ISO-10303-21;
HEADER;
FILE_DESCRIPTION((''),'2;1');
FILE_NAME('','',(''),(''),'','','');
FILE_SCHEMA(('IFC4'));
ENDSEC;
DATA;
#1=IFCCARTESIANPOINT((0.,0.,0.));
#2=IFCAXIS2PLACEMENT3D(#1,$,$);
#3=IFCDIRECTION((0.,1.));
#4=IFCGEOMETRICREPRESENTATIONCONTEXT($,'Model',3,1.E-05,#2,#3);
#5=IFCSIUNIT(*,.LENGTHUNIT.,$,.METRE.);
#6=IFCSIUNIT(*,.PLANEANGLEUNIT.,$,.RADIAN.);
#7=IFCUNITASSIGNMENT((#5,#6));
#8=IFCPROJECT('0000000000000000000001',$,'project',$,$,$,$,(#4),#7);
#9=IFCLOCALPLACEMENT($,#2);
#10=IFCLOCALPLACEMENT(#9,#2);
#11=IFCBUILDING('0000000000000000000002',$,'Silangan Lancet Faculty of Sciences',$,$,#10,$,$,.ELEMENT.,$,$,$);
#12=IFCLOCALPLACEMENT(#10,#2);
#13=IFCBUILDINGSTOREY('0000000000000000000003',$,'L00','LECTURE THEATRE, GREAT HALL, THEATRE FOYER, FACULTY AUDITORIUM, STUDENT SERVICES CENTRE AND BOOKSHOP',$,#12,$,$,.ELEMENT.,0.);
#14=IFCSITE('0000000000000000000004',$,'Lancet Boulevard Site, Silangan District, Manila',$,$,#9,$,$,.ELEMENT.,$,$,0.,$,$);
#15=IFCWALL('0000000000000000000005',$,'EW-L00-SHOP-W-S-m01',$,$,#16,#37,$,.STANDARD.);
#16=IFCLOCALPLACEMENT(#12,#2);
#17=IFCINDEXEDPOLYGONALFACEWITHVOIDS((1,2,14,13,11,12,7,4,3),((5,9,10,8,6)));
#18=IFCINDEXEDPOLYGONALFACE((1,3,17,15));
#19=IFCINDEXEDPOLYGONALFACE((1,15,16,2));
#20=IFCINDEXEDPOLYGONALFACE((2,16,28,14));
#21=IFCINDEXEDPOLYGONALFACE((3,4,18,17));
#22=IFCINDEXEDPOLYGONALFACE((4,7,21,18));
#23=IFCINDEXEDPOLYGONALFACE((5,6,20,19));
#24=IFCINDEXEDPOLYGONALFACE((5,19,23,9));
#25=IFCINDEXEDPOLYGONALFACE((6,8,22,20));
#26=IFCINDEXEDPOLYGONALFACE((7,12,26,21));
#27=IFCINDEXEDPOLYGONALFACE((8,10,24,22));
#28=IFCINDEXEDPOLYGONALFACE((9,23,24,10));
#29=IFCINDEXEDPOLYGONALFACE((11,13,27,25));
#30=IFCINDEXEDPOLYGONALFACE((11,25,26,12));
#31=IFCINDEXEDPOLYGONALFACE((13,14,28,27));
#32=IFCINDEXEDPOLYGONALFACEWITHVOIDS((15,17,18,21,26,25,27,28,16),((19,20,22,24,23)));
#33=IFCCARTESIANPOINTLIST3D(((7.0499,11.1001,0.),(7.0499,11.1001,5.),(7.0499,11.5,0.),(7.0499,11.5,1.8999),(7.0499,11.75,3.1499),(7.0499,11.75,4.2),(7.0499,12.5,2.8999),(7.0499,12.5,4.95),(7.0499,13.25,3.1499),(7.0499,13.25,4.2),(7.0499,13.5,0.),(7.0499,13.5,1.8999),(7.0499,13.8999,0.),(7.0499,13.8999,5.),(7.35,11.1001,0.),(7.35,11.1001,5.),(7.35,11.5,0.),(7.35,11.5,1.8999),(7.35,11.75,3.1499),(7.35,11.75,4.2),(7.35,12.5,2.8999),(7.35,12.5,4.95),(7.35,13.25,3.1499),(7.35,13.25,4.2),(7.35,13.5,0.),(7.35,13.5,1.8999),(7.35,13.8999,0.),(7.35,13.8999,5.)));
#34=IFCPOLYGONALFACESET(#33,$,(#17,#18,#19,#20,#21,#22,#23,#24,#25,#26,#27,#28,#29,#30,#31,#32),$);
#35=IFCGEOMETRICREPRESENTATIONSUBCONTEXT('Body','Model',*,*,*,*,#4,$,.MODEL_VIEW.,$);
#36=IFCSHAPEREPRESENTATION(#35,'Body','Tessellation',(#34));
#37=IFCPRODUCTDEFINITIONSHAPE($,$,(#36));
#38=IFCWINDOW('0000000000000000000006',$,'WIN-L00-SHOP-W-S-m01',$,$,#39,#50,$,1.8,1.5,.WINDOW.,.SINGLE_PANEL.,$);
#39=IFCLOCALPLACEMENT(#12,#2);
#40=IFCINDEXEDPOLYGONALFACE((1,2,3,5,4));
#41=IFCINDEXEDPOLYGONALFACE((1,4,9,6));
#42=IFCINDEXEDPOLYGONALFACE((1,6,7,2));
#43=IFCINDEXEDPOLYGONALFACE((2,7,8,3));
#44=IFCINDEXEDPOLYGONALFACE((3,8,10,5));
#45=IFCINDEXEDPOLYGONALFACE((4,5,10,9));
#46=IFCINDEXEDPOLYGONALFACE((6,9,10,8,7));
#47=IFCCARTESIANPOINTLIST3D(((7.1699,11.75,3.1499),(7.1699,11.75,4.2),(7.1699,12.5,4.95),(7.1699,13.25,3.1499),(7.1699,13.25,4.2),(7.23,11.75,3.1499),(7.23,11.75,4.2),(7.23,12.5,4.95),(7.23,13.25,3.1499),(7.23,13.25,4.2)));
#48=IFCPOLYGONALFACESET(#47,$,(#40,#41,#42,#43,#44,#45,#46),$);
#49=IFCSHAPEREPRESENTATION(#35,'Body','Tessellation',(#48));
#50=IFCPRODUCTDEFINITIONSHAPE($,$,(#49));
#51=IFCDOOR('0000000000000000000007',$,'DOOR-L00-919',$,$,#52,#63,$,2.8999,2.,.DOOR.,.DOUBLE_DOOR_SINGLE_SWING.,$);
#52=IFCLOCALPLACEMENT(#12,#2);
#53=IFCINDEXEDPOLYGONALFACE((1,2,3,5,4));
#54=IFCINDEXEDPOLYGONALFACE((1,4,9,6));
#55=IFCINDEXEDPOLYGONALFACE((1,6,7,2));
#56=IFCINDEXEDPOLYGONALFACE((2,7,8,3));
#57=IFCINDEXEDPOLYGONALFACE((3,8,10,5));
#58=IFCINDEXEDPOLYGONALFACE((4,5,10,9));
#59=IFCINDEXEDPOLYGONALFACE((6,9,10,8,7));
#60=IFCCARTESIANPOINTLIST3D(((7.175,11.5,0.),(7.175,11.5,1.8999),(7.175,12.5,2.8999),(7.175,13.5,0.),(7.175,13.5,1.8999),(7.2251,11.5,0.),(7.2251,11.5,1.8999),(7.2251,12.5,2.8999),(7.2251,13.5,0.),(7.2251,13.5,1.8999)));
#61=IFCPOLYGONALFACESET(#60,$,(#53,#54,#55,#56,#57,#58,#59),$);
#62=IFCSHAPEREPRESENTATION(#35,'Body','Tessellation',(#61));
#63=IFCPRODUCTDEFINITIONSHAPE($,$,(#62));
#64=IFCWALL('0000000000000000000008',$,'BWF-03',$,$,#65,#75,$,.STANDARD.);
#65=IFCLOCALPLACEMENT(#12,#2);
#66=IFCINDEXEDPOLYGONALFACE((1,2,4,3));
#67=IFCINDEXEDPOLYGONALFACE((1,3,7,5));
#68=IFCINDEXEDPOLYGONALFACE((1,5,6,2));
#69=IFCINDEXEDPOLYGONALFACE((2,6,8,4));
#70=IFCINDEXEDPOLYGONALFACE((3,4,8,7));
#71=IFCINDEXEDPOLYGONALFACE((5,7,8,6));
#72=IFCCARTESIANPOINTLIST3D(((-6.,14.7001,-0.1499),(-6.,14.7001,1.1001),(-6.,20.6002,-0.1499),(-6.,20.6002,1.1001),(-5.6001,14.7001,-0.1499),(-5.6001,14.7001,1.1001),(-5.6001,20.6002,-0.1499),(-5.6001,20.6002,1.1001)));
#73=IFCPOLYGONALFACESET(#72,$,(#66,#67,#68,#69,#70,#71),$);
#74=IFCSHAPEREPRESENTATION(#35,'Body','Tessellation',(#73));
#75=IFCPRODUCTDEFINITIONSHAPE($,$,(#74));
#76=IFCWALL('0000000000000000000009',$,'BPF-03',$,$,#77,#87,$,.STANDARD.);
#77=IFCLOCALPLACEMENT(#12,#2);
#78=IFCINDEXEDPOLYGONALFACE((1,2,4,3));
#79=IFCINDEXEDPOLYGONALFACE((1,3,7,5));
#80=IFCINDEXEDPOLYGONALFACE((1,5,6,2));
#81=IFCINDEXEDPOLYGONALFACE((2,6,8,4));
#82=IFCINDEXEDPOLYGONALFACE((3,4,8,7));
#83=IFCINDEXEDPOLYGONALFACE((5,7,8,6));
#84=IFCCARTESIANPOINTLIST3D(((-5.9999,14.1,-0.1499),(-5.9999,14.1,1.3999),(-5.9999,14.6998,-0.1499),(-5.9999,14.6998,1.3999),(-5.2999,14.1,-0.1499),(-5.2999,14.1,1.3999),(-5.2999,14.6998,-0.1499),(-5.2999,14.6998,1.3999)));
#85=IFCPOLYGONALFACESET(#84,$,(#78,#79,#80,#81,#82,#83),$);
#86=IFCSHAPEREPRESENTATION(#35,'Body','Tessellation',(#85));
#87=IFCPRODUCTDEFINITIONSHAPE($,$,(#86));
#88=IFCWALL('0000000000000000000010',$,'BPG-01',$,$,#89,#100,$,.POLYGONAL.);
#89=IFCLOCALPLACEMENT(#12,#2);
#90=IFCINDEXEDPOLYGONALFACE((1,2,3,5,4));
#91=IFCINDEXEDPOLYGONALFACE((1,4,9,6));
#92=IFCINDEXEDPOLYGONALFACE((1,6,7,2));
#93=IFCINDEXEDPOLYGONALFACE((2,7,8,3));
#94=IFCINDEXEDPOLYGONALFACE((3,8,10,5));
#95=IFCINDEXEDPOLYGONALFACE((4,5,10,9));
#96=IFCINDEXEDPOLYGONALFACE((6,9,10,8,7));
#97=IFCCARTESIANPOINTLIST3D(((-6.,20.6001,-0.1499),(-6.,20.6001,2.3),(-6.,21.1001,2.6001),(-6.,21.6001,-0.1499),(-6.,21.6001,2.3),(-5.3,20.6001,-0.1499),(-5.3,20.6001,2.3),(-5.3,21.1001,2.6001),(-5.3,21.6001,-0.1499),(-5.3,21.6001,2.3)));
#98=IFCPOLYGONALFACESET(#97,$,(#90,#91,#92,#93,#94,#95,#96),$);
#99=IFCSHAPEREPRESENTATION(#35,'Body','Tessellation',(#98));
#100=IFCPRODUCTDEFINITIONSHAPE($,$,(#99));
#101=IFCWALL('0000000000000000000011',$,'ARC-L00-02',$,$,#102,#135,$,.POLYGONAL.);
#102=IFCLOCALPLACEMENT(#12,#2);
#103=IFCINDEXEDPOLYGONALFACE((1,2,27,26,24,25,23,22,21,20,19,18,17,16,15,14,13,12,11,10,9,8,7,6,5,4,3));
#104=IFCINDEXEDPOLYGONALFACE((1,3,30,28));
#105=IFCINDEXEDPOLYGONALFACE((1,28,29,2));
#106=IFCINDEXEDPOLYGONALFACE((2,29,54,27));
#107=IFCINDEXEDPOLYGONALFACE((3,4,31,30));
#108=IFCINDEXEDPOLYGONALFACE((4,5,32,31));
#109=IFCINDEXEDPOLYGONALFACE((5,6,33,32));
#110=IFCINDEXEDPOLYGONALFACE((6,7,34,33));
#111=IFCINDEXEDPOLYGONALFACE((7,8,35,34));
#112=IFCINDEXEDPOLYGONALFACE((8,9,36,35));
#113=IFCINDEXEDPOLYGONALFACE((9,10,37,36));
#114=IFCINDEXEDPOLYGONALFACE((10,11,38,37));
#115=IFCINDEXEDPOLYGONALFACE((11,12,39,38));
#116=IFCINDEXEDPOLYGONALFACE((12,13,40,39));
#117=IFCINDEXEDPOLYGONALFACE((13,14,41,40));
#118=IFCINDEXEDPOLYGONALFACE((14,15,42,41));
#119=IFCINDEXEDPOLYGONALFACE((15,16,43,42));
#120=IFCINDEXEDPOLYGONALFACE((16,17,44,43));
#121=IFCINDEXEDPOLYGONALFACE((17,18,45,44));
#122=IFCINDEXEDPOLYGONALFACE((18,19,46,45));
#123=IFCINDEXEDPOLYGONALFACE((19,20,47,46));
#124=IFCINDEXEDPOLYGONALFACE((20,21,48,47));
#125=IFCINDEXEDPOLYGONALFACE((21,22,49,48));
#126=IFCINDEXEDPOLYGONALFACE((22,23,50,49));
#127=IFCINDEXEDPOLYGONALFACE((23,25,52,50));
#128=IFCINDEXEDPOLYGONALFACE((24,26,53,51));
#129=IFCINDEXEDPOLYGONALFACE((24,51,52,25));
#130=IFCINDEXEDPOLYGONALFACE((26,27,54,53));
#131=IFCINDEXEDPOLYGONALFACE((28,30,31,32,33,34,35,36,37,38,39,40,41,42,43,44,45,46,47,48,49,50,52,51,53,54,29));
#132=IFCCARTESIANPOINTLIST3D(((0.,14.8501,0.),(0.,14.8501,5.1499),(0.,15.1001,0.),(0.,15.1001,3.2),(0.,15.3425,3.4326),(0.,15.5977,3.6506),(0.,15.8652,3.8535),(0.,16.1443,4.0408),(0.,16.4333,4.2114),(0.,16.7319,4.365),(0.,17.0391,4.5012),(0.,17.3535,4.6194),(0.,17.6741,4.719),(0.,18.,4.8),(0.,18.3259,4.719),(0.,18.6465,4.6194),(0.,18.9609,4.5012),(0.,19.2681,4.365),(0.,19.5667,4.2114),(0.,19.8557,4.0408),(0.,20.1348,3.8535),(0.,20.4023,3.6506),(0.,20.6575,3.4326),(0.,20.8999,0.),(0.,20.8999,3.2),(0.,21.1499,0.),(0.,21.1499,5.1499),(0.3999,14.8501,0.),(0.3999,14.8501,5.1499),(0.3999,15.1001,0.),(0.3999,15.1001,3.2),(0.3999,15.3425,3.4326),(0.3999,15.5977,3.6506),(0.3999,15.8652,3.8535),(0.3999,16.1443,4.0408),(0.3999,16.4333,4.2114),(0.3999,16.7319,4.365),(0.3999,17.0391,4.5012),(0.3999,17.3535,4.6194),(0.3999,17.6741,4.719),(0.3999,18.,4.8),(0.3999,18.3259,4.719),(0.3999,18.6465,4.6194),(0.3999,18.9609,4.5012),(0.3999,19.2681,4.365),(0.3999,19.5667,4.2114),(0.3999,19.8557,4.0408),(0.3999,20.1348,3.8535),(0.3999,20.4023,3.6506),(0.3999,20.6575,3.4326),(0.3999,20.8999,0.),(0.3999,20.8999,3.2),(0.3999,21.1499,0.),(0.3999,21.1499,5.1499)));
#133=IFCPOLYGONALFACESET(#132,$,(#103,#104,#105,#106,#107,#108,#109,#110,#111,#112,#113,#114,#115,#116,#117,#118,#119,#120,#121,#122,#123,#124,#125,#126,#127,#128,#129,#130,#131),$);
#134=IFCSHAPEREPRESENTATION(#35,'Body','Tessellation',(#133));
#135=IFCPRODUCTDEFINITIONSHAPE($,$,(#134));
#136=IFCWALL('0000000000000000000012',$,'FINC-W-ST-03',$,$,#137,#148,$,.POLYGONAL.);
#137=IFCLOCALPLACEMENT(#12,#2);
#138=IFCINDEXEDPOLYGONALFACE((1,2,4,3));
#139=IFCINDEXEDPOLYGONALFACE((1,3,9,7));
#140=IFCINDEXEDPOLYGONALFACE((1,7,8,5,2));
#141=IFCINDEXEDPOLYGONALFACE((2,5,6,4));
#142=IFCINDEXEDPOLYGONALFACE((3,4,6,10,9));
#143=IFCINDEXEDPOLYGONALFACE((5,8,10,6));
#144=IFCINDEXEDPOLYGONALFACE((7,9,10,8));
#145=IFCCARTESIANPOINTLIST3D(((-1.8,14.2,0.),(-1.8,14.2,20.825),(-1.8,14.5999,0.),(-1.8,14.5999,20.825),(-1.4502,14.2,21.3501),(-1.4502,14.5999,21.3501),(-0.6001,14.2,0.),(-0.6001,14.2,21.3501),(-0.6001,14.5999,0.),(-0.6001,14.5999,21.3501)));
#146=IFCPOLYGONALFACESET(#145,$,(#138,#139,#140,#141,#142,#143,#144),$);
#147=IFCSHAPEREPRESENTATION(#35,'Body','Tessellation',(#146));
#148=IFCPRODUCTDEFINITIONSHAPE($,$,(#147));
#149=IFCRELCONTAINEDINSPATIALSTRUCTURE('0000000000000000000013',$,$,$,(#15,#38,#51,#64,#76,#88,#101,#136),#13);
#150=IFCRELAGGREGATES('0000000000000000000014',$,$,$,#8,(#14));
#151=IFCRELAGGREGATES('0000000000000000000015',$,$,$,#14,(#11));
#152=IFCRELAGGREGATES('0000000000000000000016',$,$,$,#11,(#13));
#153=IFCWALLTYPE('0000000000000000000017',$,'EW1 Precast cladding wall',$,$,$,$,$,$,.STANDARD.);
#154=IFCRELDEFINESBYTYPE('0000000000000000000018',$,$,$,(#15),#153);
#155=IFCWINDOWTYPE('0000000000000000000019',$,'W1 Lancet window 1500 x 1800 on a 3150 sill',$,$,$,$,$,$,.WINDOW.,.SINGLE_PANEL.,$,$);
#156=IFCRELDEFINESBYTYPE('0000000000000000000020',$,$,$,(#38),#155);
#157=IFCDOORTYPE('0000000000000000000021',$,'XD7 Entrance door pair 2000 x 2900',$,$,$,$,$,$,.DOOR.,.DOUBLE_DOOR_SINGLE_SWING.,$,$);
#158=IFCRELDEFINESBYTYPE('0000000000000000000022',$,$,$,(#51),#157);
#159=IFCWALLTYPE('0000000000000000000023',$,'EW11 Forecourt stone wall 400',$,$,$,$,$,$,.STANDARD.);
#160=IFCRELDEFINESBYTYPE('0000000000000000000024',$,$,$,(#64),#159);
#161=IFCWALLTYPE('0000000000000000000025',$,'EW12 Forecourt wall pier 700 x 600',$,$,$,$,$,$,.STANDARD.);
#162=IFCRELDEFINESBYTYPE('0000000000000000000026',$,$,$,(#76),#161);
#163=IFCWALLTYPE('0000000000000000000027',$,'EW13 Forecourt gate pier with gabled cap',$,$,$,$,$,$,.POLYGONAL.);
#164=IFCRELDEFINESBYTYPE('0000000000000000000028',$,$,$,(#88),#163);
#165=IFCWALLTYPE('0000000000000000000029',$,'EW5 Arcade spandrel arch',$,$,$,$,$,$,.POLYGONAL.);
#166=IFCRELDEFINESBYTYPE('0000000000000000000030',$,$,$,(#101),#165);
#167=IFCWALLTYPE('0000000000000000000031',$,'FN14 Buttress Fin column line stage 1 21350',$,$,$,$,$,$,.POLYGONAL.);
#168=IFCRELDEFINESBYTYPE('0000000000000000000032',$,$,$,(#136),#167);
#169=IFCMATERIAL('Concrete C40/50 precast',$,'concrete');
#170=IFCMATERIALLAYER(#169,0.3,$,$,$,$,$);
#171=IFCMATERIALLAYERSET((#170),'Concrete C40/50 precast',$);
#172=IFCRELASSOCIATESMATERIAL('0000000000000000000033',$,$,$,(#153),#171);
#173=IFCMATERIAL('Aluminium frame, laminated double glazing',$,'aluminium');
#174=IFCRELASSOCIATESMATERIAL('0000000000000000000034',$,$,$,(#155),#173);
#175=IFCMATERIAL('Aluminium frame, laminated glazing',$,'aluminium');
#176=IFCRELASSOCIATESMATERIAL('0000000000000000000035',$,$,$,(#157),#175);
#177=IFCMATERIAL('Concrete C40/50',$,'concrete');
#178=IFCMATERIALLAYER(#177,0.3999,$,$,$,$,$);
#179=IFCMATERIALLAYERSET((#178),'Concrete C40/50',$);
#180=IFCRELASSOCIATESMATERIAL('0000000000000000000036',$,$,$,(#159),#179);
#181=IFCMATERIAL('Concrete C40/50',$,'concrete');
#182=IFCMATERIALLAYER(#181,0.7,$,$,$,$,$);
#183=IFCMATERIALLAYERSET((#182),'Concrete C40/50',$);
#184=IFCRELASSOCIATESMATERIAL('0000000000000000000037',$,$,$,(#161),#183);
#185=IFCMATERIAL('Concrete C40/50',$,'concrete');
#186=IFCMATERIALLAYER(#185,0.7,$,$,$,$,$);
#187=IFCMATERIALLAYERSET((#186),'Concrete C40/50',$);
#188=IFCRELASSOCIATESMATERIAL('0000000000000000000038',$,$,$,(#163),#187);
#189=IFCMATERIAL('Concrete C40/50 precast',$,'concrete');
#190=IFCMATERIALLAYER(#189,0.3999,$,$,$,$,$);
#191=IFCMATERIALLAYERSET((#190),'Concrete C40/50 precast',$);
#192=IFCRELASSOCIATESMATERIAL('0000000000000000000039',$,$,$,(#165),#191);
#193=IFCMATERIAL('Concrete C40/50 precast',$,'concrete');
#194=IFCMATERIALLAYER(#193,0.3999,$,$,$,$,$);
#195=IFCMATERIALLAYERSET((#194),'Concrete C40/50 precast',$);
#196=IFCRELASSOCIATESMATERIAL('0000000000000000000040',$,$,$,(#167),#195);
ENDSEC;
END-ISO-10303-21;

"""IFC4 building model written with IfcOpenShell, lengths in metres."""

from ifc_helpers import new_model, si_unit, direction, frame, frame_2d, origin, place, context, subcontext, project, spatial, polyline, rectangle, outline, extrude, material, layer, layer_set, type_object, element, fill, save


model = new_model("IFC4")

# Units and contexts
model_context = context("Model", 3, precision=1e-05, world=origin(), true_north=direction((0.0, 1.0)))
body_context = subcontext(model_context, "Body", "Model", "MODEL_VIEW")
ifc_project = project(units=[si_unit("LENGTHUNIT", "METRE"), si_unit("PLANEANGLEUNIT", "RADIAN")], contexts=[model_context])

# Site, building, storey
site_placement = place(None, origin())
site = spatial("IfcSite", under=ifc_project, at=site_placement, Name="Lancet Boulevard Site, Silangan District, Manila", CompositionType="ELEMENT", RefElevation=0.0)
building_placement = place(site_placement, origin())
building = spatial("IfcBuilding", under=site, at=building_placement, Name="Silangan Lancet Faculty of Sciences", CompositionType="ELEMENT")
storey_placement = place(building_placement, origin())
storey = spatial("IfcBuildingStorey", under=building, at=storey_placement, Name="L00", Description="LECTURE THEATRE, GREAT HALL, THEATRE FOYER, FACULTY AUDITORIUM, STUDENT SERVICES CENTRE AND BOOKSHOP", CompositionType="ELEMENT", Elevation=0.0)

# Wall, openings, window, door
ifc_material_1 = material(Name="Concrete C40/50 precast", Category="concrete")
ifc_layer_1 = layer(ifc_material_1, 0.3)
ifc_layer_set_1 = layer_set([ifc_layer_1], Name="Concrete C40/50 precast")
wall_type_1 = type_object("IfcWallType", Name="EW1 Precast cladding wall", PredefinedType="STANDARD", material=ifc_layer_set_1)
wall_1_placement = place(storey_placement, frame((7.2, 11.1001, 0.0), z_axis=(0.0, 0.0, 1.0), x_axis=(0.0, 1.0, 0.0)))
wall_1 = element("IfcWall", 1, at=wall_1_placement, inside=storey, type_object=wall_type_1, Name="EW-L00-SHOP-W-S-m01", PredefinedType="STANDARD", context=body_context, shape_type="SweptSolid", body=[
    extrude(rectangle(XDim=2.7998, YDim=0.3, at=frame_2d((1.3999, 0.0))), origin(), (0.0, 0.0, 1.0), 5.0),
])
opening_1_placement = place(wall_1_placement, frame((0.3999, 0.0, 0.0)))
opening_1 = element("IfcOpeningElement", 2, at=opening_1_placement, cuts=wall_1, PredefinedType="OPENING", context=body_context, shape_type="SweptSolid", body=[
    extrude(outline(polyline([(0.0, 0.0), (2.0, 0.0), (2.0, 1.8999), (1.0, 2.8999), (0.0, 1.8999), (0.0, 0.0)])), frame((0.0, 0.1599, 0.0), z_axis=(0.0, -1.0, 0.0), x_axis=(1.0, 0.0, 0.0)), (0.0, 0.0, 1.0), 0.3201),
])
opening_2_placement = place(wall_1_placement, frame((0.6499, 0.0, 3.1499)))
opening_2 = element("IfcOpeningElement", 3, at=opening_2_placement, cuts=wall_1, PredefinedType="OPENING", context=body_context, shape_type="SweptSolid", body=[
    extrude(outline(polyline([(0.0, 0.0), (1.5, 0.0), (1.5, 1.05), (0.75, 1.8), (0.0, 1.05), (0.0, 0.0)])), frame((0.0, 0.1599, 0.0), z_axis=(0.0, -1.0, 0.0), x_axis=(1.0, 0.0, 0.0)), (0.0, 0.0, 1.0), 0.3201),
])
ifc_material_2 = material(Name="Aluminium frame, laminated double glazing", Category="aluminium")
window_type = type_object("IfcWindowType", Name="W1 Lancet window 1500 x 1800 on a 3150 sill", PartitioningType="SINGLE_PANEL", PredefinedType="WINDOW", material=ifc_material_2)
window_placement = place(opening_2_placement, origin())
window = element("IfcWindow", 4, at=window_placement, inside=storey, type_object=window_type, Name="WIN-L00-SHOP-W-S-m01", OverallHeight=1.8, OverallWidth=1.5, PartitioningType="SINGLE_PANEL", PredefinedType="WINDOW", context=body_context, shape_type="SweptSolid", body=[
    extrude(outline(polyline([(0.0, 0.0), (1.5, 0.0), (1.5, 1.05), (0.75, 1.8), (0.0, 1.05), (0.0, 0.0)])), frame((0.0, 0.03, 0.0), z_axis=(0.0, -1.0, 0.0), x_axis=(1.0, 0.0, 0.0)), (0.0, 0.0, 1.0), 0.0601),
])
fill(opening_2, window)
ifc_material_3 = material(Name="Aluminium frame, laminated glazing", Category="aluminium")
door_type = type_object("IfcDoorType", Name="XD7 Entrance door pair 2000 x 2900", OperationType="DOUBLE_DOOR_SINGLE_SWING", PredefinedType="DOOR", material=ifc_material_3)
door_placement = place(opening_1_placement, origin())
door = element("IfcDoor", 5, at=door_placement, inside=storey, type_object=door_type, Name="DOOR-L00-919", OperationType="DOUBLE_DOOR_SINGLE_SWING", OverallHeight=2.8999, OverallWidth=2.0, PredefinedType="DOOR", context=body_context, shape_type="SweptSolid", body=[
    extrude(outline(polyline([(0.0, 0.0), (2.0, 0.0), (2.0, 1.8999), (1.0, 2.8999), (0.0, 1.8999), (0.0, 0.0)])), frame((0.0, 0.0249, 0.0), z_axis=(0.0, -1.0, 0.0), x_axis=(1.0, 0.0, 0.0)), (0.0, 0.0, 1.0), 0.05),
])
fill(opening_1, door)

# Walls
ifc_material_4 = material(Name="Concrete C40/50", Category="concrete")
ifc_layer_2 = layer(ifc_material_4, 0.3999)
ifc_layer_set_2 = layer_set([ifc_layer_2], Name="Concrete C40/50")
wall_type_2 = type_object("IfcWallType", Name="EW11 Forecourt stone wall 400", PredefinedType="STANDARD", material=ifc_layer_set_2)
wall_2_placement = place(storey_placement, frame((-5.8, 14.7, -0.1499), z_axis=(0.0, 0.0, 1.0), x_axis=(0.0, 1.0, 0.0)))
element("IfcWall", 6, at=wall_2_placement, inside=storey, type_object=wall_type_2, Name="BWF-03", PredefinedType="STANDARD", context=body_context, shape_type="SweptSolid", body=[
    extrude(rectangle(XDim=5.9001, YDim=0.3999, at=frame_2d((2.9502, 0.0))), origin(), (0.0, 0.0, 1.0), 1.25),
])
ifc_material_5 = material(Name="Concrete C40/50", Category="concrete")
ifc_layer_3 = layer(ifc_material_5, 0.7)
ifc_layer_set_3 = layer_set([ifc_layer_3], Name="Concrete C40/50")
wall_type_3 = type_object("IfcWallType", Name="EW12 Forecourt wall pier 700 x 600", PredefinedType="STANDARD", material=ifc_layer_set_3)
wall_3_placement = place(storey_placement, frame((-5.6499, 14.1001, -0.1499), z_axis=(0.0, 0.0, 1.0), x_axis=(0.0, 1.0, 0.0)))
element("IfcWall", 7, at=wall_3_placement, inside=storey, type_object=wall_type_3, Name="BPF-03", PredefinedType="STANDARD", context=body_context, shape_type="SweptSolid", body=[
    extrude(rectangle(XDim=0.5999, YDim=0.7, at=frame_2d((0.2998, 0.0))), origin(), (0.0, 0.0, 1.0), 1.5498),
])
ifc_material_6 = material(Name="Concrete C40/50", Category="concrete")
ifc_layer_4 = layer(ifc_material_6, 0.7)
ifc_layer_set_4 = layer_set([ifc_layer_4], Name="Concrete C40/50")
wall_type_4 = type_object("IfcWallType", Name="EW13 Forecourt gate pier with gabled cap", PredefinedType="POLYGONAL", material=ifc_layer_set_4)
wall_4_placement = place(storey_placement, frame((-5.6499, 20.6001, -0.1499), z_axis=(0.0, 0.0, 1.0), x_axis=(0.0, 1.0, 0.0)))
element("IfcWall", 8, at=wall_4_placement, inside=storey, type_object=wall_type_4, Name="BPG-01", PredefinedType="POLYGONAL", context=body_context, shape_type="SweptSolid", body=[
    extrude(outline(polyline([(0.0, 0.0), (1.0, 0.0), (1.0, 2.45), (0.5, 2.75), (0.0, 2.45), (0.0, 0.0)])), frame((0.0, 0.3501, 0.0), z_axis=(0.0, -1.0, 0.0), x_axis=(1.0, 0.0, 0.0)), (0.0, 0.0, 1.0), 0.7),
])
ifc_material_7 = material(Name="Concrete C40/50 precast", Category="concrete")
ifc_layer_5 = layer(ifc_material_7, 0.3999)
ifc_layer_set_5 = layer_set([ifc_layer_5], Name="Concrete C40/50 precast")
wall_type_5 = type_object("IfcWallType", Name="EW5 Arcade spandrel arch", PredefinedType="POLYGONAL", material=ifc_layer_set_5)
wall_5_placement = place(storey_placement, frame((0.2, 14.8501, 0.0), z_axis=(0.0, 0.0, 1.0), x_axis=(0.0, 1.0, 0.0)))
element("IfcWall", 9, at=wall_5_placement, inside=storey, type_object=wall_type_5, Name="ARC-L00-02", PredefinedType="POLYGONAL", context=body_context, shape_type="SweptSolid", body=[
    extrude(outline(polyline([(0.0, 0.0), (0.25, 0.0), (0.25, 3.2), (0.4924, 3.4326), (0.7476, 3.6506), (1.0151, 3.8535), (1.2942, 4.0408), (1.5833, 4.2114), (1.8818, 4.365), (2.189, 4.5012), (2.5034, 4.6194), (2.824, 4.719), (3.1499, 4.8), (3.4758, 4.719), (3.7964, 4.6194), (4.1108, 4.5012), (4.418, 4.365), (4.7166, 4.2114), (5.0056, 4.0408), (5.2847, 3.8535), (5.5522, 3.6506), (5.8074, 3.4326), (6.0498, 3.2), (6.0498, 0.0), (6.2998, 0.0), (6.2998, 5.1499), (0.0, 5.1499), (0.0, 0.0)])), frame((0.0, 0.2, 0.0), z_axis=(0.0, -1.0, 0.0), x_axis=(1.0, 0.0, 0.0)), (0.0, 0.0, 1.0), 0.3999),
])
ifc_material_8 = material(Name="Concrete C40/50 precast", Category="concrete")
ifc_layer_6 = layer(ifc_material_8, 0.3999)
ifc_layer_set_6 = layer_set([ifc_layer_6], Name="Concrete C40/50 precast")
wall_type_6 = type_object("IfcWallType", Name="FN14 Buttress Fin column line stage 1 21350", PredefinedType="POLYGONAL", material=ifc_layer_set_6)
wall_6_placement = place(storey_placement, frame((-0.6001, 14.3999, 0.0), z_axis=(0.0, 0.0, 1.0), x_axis=(-1.0, 0.0, 0.0)))
element("IfcWall", 10, at=wall_6_placement, inside=storey, type_object=wall_type_6, Name="FINC-W-ST-03", PredefinedType="POLYGONAL", context=body_context, shape_type="SweptSolid", body=[
    extrude(outline(polyline([(1.2, 0.0), (1.2, 20.825), (0.8501, 21.3501), (0.0, 21.3501), (0.0, 0.0), (1.2, 0.0)])), frame((0.0, 0.2, 0.0), z_axis=(0.0, -1.0, 0.0), x_axis=(1.0, 0.0, 0.0)), (0.0, 0.0, 1.0), 0.3999),
])

save(model, "model.ifc")
